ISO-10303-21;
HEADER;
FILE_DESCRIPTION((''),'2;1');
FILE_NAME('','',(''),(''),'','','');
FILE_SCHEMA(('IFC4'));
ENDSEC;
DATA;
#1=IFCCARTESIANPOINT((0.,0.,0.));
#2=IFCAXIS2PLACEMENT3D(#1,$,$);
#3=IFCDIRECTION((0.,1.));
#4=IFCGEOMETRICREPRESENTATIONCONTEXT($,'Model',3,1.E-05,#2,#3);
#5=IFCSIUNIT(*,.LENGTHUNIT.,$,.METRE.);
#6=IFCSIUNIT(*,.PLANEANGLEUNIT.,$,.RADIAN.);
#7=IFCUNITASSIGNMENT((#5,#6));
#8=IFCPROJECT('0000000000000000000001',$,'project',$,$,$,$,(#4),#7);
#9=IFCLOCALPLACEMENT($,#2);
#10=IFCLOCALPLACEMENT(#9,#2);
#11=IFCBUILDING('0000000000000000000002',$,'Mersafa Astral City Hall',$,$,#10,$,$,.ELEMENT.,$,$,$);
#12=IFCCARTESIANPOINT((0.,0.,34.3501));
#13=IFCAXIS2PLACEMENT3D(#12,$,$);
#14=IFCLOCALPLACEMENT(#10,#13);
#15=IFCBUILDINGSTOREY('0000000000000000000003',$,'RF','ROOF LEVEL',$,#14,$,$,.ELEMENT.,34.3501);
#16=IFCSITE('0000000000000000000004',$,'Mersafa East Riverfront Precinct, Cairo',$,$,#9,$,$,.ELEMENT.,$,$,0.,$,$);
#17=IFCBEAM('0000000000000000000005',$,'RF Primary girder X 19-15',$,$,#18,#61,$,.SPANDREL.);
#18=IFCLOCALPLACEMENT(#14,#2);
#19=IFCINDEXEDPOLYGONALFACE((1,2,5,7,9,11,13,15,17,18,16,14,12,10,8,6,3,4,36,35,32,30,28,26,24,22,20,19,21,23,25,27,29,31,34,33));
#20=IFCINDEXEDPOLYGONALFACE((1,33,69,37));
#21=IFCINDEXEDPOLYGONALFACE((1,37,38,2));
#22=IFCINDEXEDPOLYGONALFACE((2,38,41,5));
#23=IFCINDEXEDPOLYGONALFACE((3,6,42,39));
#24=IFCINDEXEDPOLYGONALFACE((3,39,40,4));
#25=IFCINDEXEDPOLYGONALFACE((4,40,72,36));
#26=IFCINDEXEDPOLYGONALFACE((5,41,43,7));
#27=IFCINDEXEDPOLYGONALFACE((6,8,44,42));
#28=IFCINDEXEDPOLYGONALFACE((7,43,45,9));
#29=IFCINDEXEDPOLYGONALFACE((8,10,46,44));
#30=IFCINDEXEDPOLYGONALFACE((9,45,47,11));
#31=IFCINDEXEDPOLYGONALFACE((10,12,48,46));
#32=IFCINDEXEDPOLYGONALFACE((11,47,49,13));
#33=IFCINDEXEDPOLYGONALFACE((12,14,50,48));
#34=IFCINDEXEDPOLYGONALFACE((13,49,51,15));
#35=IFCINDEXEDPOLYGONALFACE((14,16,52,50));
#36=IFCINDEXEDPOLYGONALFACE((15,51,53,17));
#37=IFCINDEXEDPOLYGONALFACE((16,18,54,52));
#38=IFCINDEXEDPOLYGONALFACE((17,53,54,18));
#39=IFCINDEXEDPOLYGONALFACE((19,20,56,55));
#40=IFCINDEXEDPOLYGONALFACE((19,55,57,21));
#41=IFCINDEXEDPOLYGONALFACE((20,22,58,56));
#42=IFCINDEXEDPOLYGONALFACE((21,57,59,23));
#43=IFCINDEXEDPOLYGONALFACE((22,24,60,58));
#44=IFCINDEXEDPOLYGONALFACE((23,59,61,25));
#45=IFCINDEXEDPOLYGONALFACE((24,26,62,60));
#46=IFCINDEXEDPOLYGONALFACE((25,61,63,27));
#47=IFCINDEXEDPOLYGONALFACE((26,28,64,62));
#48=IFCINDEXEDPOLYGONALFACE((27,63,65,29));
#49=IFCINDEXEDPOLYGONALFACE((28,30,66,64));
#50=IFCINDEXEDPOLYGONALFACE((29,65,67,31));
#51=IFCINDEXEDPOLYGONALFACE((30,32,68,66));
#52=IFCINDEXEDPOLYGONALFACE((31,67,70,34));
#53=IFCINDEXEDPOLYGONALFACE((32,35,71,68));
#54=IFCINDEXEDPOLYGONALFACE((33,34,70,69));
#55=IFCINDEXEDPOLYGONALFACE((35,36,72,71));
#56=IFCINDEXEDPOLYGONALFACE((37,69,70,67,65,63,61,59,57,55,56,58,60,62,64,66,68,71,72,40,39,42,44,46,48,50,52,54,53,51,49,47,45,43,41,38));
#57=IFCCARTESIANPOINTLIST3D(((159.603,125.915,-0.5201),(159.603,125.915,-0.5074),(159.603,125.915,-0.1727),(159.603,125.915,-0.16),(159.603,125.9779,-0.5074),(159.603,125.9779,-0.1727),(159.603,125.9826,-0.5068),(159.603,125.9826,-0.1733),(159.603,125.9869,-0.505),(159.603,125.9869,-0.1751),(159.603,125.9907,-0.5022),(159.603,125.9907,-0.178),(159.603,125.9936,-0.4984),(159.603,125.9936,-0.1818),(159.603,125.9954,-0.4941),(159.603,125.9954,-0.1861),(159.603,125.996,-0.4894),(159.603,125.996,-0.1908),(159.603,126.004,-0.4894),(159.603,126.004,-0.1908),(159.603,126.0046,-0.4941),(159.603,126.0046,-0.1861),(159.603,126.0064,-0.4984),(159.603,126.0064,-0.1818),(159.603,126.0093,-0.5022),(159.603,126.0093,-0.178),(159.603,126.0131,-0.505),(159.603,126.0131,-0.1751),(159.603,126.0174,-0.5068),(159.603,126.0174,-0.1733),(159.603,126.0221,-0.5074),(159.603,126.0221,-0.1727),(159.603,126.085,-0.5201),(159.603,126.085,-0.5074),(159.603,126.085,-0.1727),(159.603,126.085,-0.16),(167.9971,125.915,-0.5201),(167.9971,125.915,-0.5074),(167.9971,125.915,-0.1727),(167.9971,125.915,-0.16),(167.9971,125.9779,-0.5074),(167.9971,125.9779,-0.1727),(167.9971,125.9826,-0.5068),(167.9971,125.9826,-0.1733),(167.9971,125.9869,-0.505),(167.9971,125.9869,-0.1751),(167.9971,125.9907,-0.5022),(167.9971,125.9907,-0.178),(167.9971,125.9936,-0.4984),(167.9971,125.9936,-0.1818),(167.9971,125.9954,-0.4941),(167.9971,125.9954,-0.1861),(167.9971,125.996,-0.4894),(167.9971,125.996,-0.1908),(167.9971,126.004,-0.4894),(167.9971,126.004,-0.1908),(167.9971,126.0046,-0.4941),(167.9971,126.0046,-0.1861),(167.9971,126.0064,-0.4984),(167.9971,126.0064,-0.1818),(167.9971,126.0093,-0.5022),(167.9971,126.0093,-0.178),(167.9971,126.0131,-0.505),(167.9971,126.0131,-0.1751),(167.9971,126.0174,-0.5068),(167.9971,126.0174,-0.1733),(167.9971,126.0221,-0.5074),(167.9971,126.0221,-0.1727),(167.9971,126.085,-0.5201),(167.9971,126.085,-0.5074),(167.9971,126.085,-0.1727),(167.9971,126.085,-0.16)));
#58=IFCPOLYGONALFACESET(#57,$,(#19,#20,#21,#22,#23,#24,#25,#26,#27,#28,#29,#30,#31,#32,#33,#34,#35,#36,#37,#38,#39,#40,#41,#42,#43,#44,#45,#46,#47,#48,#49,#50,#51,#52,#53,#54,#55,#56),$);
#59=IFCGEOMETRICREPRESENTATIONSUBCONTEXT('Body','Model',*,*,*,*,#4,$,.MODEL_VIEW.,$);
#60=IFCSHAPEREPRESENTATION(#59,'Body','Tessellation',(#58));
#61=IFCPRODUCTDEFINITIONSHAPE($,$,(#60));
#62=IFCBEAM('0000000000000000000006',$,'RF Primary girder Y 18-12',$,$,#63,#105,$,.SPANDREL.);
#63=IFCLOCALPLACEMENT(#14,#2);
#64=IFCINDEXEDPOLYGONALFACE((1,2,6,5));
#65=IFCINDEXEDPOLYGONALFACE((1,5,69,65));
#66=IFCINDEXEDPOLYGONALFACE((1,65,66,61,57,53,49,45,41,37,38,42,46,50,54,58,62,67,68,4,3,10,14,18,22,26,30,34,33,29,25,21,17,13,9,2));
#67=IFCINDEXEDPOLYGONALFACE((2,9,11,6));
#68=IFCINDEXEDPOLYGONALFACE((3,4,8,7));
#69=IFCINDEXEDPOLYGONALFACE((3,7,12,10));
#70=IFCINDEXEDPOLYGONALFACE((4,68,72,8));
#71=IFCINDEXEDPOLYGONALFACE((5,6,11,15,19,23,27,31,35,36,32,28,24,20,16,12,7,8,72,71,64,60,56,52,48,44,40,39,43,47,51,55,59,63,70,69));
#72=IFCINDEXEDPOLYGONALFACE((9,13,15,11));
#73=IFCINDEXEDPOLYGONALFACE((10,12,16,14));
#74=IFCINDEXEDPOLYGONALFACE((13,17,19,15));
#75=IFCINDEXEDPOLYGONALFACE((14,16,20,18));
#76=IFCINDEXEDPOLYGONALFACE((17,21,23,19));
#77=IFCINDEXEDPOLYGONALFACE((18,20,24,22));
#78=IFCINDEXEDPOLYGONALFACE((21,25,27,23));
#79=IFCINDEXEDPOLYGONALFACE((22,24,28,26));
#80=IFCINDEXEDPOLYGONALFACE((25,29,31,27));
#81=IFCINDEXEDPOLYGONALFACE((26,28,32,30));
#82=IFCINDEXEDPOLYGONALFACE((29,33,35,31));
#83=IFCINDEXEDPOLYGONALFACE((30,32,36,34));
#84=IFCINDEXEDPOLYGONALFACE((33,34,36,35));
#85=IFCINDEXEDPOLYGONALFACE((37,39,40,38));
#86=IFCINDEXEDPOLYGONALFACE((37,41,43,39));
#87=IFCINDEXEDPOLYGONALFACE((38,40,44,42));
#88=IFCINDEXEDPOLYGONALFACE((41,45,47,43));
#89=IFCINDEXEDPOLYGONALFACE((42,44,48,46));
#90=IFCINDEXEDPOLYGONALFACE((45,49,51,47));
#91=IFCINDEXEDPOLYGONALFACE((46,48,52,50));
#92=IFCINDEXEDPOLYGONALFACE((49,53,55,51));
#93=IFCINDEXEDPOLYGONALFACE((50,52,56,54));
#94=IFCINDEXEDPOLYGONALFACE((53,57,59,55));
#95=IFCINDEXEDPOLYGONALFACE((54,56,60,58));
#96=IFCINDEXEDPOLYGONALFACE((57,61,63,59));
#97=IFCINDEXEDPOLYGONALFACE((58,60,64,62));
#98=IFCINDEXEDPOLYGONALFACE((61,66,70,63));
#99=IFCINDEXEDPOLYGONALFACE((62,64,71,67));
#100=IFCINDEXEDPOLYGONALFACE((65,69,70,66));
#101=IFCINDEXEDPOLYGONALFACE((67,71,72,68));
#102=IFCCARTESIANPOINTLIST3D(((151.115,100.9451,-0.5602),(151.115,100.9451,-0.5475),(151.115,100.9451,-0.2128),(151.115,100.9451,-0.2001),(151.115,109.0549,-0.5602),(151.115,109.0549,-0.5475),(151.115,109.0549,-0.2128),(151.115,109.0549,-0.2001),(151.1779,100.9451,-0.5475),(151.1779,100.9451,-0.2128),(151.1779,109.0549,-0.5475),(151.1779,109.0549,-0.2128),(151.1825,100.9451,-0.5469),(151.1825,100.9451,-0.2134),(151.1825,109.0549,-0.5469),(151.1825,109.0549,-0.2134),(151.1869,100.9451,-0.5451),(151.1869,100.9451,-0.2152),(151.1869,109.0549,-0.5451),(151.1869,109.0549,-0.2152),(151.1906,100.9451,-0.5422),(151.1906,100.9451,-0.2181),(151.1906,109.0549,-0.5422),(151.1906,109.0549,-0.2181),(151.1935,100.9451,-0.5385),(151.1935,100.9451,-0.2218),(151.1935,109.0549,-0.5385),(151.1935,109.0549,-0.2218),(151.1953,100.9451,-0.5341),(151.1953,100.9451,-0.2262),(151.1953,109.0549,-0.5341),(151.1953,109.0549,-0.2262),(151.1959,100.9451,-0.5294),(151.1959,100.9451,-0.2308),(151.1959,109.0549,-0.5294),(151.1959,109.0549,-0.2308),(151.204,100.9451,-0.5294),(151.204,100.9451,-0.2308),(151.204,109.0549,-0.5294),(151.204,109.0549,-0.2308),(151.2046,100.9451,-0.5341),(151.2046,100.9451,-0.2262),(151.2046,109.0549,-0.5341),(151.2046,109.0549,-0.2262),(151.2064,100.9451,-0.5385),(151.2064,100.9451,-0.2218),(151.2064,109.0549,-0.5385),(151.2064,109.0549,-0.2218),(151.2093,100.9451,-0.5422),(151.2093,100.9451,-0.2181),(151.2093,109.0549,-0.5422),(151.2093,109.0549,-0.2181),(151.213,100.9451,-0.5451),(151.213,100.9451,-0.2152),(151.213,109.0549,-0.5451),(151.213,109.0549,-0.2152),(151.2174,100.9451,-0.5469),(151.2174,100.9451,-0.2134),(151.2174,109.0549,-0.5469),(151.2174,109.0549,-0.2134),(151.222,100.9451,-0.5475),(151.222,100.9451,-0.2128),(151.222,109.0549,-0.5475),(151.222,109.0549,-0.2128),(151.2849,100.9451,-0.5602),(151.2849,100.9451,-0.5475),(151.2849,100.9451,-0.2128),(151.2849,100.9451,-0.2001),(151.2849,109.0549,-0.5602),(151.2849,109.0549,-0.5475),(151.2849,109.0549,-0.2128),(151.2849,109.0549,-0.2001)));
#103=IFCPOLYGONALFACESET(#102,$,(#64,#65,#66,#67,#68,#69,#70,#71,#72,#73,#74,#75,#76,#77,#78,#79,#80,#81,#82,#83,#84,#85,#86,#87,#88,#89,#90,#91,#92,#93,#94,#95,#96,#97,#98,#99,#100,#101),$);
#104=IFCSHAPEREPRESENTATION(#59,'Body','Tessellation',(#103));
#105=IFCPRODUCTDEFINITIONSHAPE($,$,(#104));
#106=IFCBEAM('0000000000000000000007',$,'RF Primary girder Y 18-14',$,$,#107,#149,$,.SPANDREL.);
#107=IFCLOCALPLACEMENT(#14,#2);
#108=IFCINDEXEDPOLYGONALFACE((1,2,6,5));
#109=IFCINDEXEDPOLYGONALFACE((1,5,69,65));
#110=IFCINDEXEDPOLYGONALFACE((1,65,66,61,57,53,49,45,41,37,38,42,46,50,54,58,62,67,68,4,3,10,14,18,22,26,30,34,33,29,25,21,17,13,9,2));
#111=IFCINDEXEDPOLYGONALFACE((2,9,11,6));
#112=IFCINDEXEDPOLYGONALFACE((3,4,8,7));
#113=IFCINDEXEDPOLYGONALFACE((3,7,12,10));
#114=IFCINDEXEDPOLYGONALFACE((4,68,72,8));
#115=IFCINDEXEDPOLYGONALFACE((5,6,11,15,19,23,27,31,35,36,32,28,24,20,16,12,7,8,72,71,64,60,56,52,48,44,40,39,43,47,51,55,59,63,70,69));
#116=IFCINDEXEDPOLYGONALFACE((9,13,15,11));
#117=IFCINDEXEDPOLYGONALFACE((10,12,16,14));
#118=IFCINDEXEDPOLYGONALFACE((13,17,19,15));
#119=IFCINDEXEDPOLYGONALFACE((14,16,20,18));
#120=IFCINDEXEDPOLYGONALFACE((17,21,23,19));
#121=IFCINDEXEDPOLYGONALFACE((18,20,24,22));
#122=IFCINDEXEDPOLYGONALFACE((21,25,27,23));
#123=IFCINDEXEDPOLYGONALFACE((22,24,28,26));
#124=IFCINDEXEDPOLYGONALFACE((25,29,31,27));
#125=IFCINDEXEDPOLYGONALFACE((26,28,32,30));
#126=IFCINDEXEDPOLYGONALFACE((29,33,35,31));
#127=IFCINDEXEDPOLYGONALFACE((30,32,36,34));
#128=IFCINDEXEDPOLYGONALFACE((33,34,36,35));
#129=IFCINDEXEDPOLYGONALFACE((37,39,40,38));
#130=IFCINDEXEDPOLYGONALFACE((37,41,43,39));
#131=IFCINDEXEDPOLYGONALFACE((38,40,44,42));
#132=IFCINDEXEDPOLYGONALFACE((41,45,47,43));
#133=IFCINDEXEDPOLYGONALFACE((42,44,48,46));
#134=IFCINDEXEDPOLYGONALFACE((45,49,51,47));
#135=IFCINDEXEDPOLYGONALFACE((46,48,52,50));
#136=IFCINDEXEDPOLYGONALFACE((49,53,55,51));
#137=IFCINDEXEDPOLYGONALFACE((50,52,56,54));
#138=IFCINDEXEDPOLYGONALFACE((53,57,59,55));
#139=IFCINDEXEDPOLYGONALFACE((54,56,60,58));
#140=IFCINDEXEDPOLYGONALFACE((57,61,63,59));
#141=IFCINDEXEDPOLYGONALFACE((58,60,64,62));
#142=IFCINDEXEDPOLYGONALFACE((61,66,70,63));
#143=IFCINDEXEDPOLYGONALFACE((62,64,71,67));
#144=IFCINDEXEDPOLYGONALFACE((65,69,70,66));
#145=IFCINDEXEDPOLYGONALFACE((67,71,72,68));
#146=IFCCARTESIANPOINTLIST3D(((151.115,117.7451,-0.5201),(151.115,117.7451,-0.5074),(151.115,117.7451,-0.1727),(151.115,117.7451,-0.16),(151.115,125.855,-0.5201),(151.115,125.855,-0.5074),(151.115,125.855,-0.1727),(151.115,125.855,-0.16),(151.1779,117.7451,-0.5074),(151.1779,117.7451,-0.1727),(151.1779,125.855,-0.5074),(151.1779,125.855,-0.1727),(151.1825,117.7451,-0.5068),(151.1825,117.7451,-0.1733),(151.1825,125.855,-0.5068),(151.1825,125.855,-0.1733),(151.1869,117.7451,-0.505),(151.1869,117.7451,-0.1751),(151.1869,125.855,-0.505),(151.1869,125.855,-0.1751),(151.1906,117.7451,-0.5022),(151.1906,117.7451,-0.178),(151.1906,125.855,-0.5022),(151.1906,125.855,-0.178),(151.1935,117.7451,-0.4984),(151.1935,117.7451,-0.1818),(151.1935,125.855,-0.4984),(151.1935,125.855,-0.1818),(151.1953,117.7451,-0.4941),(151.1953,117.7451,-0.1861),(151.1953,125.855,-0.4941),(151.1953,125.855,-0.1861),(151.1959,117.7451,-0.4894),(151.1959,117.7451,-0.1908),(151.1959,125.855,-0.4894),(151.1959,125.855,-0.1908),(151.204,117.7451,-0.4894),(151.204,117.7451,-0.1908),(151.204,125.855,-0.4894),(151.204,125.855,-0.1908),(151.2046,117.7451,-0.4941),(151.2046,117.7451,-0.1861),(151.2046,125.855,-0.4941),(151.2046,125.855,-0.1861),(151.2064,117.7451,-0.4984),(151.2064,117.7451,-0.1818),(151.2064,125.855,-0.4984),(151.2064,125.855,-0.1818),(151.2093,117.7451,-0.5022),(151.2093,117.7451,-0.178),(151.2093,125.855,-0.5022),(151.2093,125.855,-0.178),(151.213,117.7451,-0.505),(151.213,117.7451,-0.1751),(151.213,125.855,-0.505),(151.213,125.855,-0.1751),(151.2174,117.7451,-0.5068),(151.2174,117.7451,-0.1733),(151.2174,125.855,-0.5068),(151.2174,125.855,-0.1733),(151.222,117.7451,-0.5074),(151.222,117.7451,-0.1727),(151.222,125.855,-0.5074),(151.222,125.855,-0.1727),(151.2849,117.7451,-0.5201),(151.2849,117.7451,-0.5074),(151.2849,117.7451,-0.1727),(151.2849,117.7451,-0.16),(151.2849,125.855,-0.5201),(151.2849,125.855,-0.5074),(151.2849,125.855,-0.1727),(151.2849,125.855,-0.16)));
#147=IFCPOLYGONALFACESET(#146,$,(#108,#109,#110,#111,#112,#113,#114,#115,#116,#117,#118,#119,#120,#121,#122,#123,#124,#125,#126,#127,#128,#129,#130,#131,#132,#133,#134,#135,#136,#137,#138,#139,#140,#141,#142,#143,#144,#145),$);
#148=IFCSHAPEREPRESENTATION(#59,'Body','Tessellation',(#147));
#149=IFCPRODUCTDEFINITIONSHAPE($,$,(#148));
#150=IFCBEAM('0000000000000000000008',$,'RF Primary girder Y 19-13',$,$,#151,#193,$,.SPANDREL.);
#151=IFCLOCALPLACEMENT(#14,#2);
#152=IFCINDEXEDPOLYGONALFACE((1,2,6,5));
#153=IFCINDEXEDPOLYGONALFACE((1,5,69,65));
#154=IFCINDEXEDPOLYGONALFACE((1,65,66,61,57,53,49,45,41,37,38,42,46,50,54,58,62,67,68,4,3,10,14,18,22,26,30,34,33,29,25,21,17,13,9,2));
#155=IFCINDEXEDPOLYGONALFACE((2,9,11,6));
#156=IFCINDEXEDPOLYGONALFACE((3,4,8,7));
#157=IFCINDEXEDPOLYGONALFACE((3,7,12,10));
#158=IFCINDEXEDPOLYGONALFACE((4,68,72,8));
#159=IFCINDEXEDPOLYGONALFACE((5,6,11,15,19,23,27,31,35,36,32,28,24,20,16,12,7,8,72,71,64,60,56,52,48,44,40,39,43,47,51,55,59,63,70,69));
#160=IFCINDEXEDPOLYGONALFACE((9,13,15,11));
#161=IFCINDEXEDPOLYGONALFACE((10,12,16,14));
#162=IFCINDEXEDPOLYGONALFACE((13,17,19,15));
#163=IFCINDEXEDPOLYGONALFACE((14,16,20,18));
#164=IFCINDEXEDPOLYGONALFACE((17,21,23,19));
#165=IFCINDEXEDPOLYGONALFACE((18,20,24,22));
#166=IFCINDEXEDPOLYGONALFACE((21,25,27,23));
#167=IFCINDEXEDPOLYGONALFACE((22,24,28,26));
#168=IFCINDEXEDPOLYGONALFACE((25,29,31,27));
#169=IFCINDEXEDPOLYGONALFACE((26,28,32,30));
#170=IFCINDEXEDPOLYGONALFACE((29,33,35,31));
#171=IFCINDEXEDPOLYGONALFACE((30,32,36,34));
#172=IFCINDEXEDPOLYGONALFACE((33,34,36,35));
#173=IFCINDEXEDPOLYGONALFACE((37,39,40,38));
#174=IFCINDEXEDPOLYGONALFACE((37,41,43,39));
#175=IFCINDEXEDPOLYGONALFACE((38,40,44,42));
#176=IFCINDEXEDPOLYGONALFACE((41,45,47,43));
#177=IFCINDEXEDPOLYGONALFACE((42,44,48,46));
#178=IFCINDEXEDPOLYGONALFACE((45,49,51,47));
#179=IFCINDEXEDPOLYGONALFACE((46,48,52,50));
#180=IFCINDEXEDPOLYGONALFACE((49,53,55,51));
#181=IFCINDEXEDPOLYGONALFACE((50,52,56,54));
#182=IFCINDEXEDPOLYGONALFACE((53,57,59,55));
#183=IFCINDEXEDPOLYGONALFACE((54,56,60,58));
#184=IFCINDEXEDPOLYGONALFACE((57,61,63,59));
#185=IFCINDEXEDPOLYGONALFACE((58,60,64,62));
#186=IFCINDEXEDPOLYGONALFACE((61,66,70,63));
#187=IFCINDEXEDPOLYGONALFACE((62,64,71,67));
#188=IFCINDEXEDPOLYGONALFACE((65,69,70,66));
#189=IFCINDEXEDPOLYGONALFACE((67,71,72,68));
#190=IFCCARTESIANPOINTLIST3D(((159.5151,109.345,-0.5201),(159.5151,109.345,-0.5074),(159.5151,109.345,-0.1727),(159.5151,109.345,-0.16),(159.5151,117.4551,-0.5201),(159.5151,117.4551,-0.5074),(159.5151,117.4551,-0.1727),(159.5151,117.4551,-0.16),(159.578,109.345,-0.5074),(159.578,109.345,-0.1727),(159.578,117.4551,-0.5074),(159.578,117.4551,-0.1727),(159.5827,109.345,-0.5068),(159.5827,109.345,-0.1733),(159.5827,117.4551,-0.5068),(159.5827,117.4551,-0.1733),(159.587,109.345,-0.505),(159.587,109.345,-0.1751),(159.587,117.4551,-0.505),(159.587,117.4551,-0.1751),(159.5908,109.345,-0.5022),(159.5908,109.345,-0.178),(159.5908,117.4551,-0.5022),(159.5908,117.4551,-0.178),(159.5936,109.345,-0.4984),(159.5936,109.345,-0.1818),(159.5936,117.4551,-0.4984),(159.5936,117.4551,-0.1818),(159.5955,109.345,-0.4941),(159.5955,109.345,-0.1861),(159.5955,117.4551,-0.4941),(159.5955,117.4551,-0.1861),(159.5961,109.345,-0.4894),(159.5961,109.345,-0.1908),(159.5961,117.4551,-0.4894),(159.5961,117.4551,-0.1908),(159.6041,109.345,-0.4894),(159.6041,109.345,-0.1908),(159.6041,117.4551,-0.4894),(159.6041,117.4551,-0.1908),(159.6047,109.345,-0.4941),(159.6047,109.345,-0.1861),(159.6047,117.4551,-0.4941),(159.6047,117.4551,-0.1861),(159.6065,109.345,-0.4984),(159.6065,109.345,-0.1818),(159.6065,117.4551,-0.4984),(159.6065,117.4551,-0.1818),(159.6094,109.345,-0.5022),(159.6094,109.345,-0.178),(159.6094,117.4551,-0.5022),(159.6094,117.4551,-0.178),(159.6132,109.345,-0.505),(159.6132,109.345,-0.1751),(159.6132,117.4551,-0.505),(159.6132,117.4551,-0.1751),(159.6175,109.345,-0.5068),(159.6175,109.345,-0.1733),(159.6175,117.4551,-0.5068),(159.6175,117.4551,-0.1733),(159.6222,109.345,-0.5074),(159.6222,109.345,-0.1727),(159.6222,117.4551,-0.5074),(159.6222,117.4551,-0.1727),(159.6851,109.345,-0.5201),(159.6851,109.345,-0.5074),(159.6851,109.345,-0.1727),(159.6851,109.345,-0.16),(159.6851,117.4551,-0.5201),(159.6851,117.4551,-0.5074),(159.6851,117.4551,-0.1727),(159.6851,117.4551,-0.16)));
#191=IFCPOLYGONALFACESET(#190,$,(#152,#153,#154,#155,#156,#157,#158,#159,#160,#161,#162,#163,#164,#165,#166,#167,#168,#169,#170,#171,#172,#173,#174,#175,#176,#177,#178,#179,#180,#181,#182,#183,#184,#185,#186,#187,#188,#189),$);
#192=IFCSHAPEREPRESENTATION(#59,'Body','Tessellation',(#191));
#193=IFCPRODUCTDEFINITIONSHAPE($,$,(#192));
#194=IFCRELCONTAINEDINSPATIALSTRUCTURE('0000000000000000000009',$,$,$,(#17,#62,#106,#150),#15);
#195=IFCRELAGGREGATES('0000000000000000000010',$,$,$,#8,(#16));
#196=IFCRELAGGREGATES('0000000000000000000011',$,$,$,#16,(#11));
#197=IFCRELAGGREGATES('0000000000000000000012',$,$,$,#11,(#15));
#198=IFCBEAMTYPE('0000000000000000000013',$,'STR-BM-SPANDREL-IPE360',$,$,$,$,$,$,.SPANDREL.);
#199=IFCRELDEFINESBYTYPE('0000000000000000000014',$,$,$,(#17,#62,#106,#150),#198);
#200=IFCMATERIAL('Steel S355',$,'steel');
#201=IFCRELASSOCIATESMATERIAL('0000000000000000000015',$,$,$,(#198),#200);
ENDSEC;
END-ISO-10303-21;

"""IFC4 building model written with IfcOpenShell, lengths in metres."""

from ifc_helpers import new_model, si_unit, direction, frame, origin, origin_2d, place, context, subcontext, project, spatial, i_section, extrude, material, material_profile, profile_set, type_object, element, save


model = new_model("IFC4")

# Units and contexts
model_context = context("Model", 3, precision=1e-05, world=origin(), true_north=direction((0.0, 1.0)))
body_context = subcontext(model_context, "Body", "Model", "MODEL_VIEW")
ifc_project = project(units=[si_unit("LENGTHUNIT", "METRE"), si_unit("PLANEANGLEUNIT", "RADIAN")], contexts=[model_context])

# Site, building, storey
site_placement = place(None, origin())
site = spatial("IfcSite", under=ifc_project, at=site_placement, Name="Mersafa East Riverfront Precinct, Cairo", CompositionType="ELEMENT", RefElevation=0.0)
building_placement = place(site_placement, origin())
building = spatial("IfcBuilding", under=site, at=building_placement, Name="Mersafa Astral City Hall", CompositionType="ELEMENT")
storey_placement = place(building_placement, frame((0.0, 0.0, 34.3501)))
storey = spatial("IfcBuildingStorey", under=building, at=storey_placement, Name="RF", Description="ROOF LEVEL", CompositionType="ELEMENT", Elevation=34.3501)

# Shared definitions
ifc_material_1 = material(Name="Steel S355", Category="steel")

# Beams
ifc_material_profile_1 = material_profile(ifc_material_1, i_section(OverallWidth=0.1699, OverallDepth=0.3601, WebThickness=0.0081, FlangeThickness=0.0127, FilletRadius=0.0181, at=origin_2d()), Name="IPE 360")
ifc_profile_set_1 = profile_set([ifc_material_profile_1], Name="Steel S355")
beam_type_1 = type_object("IfcBeamType", Name="STR-BM-SPANDREL-IPE360", PredefinedType="SPANDREL", material=ifc_profile_set_1)
for number, where, z_axis, x_axis, name in (
    (1, (159.603, 126.0, -0.3401), (1.0, 0.0, 0.0), (0.0, 1.0, 0.0), "RF Primary girder X 19-15"),
):
    element("IfcBeam", number, at=place(storey_placement, frame(where, z_axis=z_axis, x_axis=x_axis)), inside=storey, type_object=beam_type_1, Name=name, PredefinedType="SPANDREL", context=body_context, shape_type="SweptSolid", body=[
        extrude(i_section(OverallWidth=0.1699, OverallDepth=0.3601, WebThickness=0.0081, FlangeThickness=0.0127, FilletRadius=0.0181, at=origin_2d()), origin(), (0.0, 0.0, 1.0), 8.394),
    ])
for number, where, z_axis, x_axis, name in (
    (2, (151.2, 100.9451, -0.3801), (0.0, 1.0, 0.0), (-1.0, 0.0, 0.0), "RF Primary girder Y 18-12"),
    (3, (151.2, 117.7451, -0.3401), (0.0, 1.0, 0.0), (-1.0, 0.0, 0.0), "RF Primary girder Y 18-14"),
):
    element("IfcBeam", number, at=place(storey_placement, frame(where, z_axis=z_axis, x_axis=x_axis)), inside=storey, type_object=beam_type_1, Name=name, PredefinedType="SPANDREL", context=body_context, shape_type="SweptSolid", body=[
        extrude(i_section(OverallWidth=0.1699, OverallDepth=0.3601, WebThickness=0.0081, FlangeThickness=0.0127, FilletRadius=0.0181, at=origin_2d()), origin(), (0.0, 0.0, 1.0), 8.1099),
    ])
beam_1_placement = place(storey_placement, frame((159.6001, 109.345, -0.3401), z_axis=(0.0, 1.0, 0.0), x_axis=(-1.0, 0.0, 0.0)))
element("IfcBeam", 4, at=beam_1_placement, inside=storey, type_object=beam_type_1, Name="RF Primary girder Y 19-13", PredefinedType="SPANDREL", context=body_context, shape_type="SweptSolid", body=[
    extrude(i_section(OverallWidth=0.1699, OverallDepth=0.3601, WebThickness=0.0081, FlangeThickness=0.0127, FilletRadius=0.0181, at=origin_2d()), origin(), (0.0, 0.0, 1.0), 8.1101),
])

save(model, "model.ifc")
